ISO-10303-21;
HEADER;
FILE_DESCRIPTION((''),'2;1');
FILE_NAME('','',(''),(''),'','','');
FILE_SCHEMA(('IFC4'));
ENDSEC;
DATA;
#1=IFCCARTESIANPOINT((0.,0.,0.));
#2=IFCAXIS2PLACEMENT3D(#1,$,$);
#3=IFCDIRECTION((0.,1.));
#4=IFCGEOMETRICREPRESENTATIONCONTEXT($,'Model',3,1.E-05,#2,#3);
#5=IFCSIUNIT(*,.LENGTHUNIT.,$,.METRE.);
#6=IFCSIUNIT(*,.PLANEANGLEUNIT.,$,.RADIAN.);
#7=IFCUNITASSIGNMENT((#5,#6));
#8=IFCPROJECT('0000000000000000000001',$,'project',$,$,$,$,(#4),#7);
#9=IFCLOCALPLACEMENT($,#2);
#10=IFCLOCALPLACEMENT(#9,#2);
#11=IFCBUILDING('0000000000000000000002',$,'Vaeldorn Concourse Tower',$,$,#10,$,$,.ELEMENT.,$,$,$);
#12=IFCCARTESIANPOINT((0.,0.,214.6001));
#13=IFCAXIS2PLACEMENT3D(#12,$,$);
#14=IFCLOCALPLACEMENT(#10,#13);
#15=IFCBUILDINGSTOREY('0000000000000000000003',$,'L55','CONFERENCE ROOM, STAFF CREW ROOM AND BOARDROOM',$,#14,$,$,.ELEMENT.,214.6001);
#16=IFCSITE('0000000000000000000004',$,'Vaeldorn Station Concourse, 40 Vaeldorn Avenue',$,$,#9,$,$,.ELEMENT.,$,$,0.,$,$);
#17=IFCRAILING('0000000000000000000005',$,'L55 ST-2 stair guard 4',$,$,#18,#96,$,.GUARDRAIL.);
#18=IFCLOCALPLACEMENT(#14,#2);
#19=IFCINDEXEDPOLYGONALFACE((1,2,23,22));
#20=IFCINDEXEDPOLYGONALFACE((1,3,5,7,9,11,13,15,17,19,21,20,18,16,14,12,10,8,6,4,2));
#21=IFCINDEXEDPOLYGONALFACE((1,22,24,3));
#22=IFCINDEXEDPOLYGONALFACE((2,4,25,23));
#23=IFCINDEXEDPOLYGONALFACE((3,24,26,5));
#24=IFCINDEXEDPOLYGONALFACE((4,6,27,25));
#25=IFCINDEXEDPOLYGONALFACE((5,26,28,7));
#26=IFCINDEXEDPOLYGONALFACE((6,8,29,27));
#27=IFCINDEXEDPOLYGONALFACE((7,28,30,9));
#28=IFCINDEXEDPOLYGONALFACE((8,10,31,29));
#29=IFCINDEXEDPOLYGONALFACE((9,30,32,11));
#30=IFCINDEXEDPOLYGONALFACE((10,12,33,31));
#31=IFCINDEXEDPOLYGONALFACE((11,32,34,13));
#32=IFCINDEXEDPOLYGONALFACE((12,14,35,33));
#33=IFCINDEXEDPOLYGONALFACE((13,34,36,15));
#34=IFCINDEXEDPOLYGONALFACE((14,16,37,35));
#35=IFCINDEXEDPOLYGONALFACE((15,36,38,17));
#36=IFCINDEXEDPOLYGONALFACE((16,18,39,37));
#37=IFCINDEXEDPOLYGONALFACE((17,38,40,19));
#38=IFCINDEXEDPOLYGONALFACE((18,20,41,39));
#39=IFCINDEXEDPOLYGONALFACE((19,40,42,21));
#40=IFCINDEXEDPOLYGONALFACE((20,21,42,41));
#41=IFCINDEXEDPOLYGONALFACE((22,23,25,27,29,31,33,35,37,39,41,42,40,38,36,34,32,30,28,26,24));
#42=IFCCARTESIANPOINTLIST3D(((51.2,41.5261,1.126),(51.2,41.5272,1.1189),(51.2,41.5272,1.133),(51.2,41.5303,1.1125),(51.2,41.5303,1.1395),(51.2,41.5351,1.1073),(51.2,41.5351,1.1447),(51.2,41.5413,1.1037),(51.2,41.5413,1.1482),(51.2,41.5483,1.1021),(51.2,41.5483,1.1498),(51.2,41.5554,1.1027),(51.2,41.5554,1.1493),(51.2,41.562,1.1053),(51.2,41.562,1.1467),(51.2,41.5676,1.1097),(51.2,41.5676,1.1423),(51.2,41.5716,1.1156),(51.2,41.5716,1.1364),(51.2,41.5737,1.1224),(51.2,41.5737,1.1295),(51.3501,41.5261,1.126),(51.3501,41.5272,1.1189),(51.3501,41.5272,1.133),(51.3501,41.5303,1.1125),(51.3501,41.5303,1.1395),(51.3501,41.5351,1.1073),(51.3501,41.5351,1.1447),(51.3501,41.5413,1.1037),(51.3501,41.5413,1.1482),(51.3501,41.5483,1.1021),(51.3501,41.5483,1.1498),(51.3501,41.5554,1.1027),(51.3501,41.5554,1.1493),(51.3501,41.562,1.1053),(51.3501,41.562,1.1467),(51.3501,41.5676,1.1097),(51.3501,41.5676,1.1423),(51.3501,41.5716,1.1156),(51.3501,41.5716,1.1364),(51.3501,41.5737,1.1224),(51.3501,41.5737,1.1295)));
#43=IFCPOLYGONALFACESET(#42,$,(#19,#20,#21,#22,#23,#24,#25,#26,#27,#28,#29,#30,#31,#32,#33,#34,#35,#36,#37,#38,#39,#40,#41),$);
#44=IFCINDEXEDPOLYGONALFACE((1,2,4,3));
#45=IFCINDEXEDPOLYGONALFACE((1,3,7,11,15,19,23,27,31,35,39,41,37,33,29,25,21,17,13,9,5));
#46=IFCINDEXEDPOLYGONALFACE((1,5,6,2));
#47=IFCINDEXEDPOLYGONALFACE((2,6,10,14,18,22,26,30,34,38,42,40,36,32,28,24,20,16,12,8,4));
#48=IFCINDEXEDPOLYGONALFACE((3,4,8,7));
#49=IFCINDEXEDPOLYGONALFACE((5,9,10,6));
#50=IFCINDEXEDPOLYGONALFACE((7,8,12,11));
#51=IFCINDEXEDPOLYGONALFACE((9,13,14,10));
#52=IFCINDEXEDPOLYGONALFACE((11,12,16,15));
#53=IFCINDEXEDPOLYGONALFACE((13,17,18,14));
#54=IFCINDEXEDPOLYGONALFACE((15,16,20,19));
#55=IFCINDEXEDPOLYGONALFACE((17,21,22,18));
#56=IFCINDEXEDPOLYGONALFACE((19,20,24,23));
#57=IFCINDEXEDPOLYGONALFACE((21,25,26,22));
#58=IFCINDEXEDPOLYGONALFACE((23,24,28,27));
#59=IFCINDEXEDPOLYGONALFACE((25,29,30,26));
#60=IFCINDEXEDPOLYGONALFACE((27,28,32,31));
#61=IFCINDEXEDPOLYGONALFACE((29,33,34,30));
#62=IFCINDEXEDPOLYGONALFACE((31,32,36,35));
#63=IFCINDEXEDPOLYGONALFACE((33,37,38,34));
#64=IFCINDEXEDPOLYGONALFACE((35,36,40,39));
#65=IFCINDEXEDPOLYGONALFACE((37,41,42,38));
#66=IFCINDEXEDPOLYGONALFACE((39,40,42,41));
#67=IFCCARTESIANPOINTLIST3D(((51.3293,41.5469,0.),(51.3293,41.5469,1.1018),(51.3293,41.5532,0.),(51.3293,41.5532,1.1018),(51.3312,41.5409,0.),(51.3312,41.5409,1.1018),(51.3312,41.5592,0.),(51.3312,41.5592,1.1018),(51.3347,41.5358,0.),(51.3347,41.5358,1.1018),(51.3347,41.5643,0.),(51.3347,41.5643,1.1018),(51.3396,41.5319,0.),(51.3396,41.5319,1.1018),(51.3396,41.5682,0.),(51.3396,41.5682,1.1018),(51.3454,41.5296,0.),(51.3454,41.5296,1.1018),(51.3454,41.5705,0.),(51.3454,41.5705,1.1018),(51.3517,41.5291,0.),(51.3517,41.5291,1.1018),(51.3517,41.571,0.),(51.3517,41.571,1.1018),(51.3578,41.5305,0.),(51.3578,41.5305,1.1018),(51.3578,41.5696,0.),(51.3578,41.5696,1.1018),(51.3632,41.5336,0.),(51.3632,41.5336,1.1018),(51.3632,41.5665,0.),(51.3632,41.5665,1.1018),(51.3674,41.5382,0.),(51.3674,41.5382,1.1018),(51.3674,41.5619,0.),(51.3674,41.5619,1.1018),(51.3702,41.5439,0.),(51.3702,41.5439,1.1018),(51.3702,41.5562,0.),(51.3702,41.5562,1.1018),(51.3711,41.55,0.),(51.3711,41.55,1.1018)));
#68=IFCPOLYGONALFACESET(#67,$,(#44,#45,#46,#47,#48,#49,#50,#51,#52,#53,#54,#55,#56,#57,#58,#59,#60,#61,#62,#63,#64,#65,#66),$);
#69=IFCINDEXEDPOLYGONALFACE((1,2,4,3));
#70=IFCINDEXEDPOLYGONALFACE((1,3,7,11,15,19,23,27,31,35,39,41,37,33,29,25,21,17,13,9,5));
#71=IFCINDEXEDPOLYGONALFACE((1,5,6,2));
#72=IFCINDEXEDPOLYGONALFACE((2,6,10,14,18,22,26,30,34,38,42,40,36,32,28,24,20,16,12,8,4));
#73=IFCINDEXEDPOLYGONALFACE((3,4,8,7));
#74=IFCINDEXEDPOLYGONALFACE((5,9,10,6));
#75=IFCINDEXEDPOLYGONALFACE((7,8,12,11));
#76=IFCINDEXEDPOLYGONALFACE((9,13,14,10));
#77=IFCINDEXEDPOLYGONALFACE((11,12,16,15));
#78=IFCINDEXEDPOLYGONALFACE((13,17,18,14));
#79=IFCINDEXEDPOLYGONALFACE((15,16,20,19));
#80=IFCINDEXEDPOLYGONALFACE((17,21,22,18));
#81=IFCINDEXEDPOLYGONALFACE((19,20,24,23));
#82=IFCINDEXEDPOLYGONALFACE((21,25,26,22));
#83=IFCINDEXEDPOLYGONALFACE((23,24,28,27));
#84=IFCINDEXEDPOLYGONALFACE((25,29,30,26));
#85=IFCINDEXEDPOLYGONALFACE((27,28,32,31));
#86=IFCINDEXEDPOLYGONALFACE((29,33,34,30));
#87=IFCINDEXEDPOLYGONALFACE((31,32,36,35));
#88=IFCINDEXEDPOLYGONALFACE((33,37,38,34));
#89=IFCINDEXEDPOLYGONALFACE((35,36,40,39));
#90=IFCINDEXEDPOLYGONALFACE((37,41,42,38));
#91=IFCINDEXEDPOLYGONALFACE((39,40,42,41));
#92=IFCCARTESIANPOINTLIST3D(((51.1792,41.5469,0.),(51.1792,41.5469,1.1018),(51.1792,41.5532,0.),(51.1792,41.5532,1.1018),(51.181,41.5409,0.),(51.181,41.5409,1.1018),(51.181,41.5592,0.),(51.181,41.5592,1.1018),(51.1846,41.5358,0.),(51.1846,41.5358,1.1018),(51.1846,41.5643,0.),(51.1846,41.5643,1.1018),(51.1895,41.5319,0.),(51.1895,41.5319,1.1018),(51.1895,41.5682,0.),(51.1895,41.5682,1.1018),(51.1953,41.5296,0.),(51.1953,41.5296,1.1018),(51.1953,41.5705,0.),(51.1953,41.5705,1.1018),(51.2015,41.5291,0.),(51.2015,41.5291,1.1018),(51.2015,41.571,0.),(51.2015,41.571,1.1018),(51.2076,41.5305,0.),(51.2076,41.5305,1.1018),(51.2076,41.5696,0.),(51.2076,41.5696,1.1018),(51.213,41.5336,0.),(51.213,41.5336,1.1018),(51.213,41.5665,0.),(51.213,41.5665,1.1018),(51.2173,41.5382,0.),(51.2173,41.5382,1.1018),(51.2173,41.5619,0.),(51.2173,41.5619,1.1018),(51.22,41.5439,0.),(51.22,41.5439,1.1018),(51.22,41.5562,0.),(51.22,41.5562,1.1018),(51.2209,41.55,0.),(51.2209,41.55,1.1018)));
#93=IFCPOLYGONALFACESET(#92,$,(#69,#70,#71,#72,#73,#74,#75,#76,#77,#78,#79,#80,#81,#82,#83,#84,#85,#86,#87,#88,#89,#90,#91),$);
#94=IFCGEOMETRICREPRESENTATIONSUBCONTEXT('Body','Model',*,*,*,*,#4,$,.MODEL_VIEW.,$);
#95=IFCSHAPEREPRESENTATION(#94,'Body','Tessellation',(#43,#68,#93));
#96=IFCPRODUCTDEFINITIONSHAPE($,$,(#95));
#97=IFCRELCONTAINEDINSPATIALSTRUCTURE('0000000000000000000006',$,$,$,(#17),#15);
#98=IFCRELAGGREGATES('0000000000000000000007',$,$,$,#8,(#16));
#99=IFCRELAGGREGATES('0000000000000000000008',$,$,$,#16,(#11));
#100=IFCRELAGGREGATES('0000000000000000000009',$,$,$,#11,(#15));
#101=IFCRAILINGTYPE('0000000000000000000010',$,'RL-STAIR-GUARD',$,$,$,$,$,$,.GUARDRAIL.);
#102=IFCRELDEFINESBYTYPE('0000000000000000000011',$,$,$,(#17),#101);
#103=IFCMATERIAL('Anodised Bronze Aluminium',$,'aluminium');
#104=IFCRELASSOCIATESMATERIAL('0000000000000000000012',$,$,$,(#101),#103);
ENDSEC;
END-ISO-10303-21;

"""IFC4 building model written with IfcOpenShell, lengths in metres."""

from ifc_helpers import new_model, si_unit, direction, frame, origin, origin_2d, place, context, subcontext, project, spatial, circle, extrude, material, type_object, element, save


model = new_model("IFC4")

# Units and contexts
model_context = context("Model", 3, precision=1e-05, world=origin(), true_north=direction((0.0, 1.0)))
body_context = subcontext(model_context, "Body", "Model", "MODEL_VIEW")
ifc_project = project(units=[si_unit("LENGTHUNIT", "METRE"), si_unit("PLANEANGLEUNIT", "RADIAN")], contexts=[model_context])

# Site, building, storey
site_placement = place(None, origin())
site = spatial("IfcSite", under=ifc_project, at=site_placement, Name="Vaeldorn Station Concourse, 40 Vaeldorn Avenue", CompositionType="ELEMENT", RefElevation=0.0)
building_placement = place(site_placement, origin())
building = spatial("IfcBuilding", under=site, at=building_placement, Name="Vaeldorn Concourse Tower", CompositionType="ELEMENT")
storey_placement = place(building_placement, frame((0.0, 0.0, 214.6001)))
storey = spatial("IfcBuildingStorey", under=building, at=storey_placement, Name="L55", Description="CONFERENCE ROOM, STAFF CREW ROOM AND BOARDROOM", CompositionType="ELEMENT", Elevation=214.6001)

# Shared definitions
ifc_material_1 = material(Name="Anodised Bronze Aluminium", Category="aluminium")

# Railing
railing_type_1 = type_object("IfcRailingType", Name="RL-STAIR-GUARD", PredefinedType="GUARDRAIL", material=ifc_material_1)
railing_1_placement = place(storey_placement, frame((51.3501, 41.55, 0.0)))
element("IfcRailing", 1, at=railing_1_placement, inside=storey, type_object=railing_type_1, Name="L55 ST-2 stair guard 4", PredefinedType="GUARDRAIL", context=body_context, shape_type="SweptSolid", body=[
    extrude(circle(Radius=0.0239, at=origin_2d()), frame((0.0, 0.0, 1.126), z_axis=(-1.0, 0.0, 0.0), x_axis=(0.0, -1.0, 0.0)), (0.0, 0.0, 1.0), 0.1501),
    extrude(circle(Radius=0.021, at=origin_2d()), origin(), (0.0, 0.0, 1.0), 1.1018),
    extrude(circle(Radius=0.021, at=origin_2d()), frame((-0.1501, 0.0, 0.0)), (0.0, 0.0, 1.0), 1.1018),
])

save(model, "model.ifc")
